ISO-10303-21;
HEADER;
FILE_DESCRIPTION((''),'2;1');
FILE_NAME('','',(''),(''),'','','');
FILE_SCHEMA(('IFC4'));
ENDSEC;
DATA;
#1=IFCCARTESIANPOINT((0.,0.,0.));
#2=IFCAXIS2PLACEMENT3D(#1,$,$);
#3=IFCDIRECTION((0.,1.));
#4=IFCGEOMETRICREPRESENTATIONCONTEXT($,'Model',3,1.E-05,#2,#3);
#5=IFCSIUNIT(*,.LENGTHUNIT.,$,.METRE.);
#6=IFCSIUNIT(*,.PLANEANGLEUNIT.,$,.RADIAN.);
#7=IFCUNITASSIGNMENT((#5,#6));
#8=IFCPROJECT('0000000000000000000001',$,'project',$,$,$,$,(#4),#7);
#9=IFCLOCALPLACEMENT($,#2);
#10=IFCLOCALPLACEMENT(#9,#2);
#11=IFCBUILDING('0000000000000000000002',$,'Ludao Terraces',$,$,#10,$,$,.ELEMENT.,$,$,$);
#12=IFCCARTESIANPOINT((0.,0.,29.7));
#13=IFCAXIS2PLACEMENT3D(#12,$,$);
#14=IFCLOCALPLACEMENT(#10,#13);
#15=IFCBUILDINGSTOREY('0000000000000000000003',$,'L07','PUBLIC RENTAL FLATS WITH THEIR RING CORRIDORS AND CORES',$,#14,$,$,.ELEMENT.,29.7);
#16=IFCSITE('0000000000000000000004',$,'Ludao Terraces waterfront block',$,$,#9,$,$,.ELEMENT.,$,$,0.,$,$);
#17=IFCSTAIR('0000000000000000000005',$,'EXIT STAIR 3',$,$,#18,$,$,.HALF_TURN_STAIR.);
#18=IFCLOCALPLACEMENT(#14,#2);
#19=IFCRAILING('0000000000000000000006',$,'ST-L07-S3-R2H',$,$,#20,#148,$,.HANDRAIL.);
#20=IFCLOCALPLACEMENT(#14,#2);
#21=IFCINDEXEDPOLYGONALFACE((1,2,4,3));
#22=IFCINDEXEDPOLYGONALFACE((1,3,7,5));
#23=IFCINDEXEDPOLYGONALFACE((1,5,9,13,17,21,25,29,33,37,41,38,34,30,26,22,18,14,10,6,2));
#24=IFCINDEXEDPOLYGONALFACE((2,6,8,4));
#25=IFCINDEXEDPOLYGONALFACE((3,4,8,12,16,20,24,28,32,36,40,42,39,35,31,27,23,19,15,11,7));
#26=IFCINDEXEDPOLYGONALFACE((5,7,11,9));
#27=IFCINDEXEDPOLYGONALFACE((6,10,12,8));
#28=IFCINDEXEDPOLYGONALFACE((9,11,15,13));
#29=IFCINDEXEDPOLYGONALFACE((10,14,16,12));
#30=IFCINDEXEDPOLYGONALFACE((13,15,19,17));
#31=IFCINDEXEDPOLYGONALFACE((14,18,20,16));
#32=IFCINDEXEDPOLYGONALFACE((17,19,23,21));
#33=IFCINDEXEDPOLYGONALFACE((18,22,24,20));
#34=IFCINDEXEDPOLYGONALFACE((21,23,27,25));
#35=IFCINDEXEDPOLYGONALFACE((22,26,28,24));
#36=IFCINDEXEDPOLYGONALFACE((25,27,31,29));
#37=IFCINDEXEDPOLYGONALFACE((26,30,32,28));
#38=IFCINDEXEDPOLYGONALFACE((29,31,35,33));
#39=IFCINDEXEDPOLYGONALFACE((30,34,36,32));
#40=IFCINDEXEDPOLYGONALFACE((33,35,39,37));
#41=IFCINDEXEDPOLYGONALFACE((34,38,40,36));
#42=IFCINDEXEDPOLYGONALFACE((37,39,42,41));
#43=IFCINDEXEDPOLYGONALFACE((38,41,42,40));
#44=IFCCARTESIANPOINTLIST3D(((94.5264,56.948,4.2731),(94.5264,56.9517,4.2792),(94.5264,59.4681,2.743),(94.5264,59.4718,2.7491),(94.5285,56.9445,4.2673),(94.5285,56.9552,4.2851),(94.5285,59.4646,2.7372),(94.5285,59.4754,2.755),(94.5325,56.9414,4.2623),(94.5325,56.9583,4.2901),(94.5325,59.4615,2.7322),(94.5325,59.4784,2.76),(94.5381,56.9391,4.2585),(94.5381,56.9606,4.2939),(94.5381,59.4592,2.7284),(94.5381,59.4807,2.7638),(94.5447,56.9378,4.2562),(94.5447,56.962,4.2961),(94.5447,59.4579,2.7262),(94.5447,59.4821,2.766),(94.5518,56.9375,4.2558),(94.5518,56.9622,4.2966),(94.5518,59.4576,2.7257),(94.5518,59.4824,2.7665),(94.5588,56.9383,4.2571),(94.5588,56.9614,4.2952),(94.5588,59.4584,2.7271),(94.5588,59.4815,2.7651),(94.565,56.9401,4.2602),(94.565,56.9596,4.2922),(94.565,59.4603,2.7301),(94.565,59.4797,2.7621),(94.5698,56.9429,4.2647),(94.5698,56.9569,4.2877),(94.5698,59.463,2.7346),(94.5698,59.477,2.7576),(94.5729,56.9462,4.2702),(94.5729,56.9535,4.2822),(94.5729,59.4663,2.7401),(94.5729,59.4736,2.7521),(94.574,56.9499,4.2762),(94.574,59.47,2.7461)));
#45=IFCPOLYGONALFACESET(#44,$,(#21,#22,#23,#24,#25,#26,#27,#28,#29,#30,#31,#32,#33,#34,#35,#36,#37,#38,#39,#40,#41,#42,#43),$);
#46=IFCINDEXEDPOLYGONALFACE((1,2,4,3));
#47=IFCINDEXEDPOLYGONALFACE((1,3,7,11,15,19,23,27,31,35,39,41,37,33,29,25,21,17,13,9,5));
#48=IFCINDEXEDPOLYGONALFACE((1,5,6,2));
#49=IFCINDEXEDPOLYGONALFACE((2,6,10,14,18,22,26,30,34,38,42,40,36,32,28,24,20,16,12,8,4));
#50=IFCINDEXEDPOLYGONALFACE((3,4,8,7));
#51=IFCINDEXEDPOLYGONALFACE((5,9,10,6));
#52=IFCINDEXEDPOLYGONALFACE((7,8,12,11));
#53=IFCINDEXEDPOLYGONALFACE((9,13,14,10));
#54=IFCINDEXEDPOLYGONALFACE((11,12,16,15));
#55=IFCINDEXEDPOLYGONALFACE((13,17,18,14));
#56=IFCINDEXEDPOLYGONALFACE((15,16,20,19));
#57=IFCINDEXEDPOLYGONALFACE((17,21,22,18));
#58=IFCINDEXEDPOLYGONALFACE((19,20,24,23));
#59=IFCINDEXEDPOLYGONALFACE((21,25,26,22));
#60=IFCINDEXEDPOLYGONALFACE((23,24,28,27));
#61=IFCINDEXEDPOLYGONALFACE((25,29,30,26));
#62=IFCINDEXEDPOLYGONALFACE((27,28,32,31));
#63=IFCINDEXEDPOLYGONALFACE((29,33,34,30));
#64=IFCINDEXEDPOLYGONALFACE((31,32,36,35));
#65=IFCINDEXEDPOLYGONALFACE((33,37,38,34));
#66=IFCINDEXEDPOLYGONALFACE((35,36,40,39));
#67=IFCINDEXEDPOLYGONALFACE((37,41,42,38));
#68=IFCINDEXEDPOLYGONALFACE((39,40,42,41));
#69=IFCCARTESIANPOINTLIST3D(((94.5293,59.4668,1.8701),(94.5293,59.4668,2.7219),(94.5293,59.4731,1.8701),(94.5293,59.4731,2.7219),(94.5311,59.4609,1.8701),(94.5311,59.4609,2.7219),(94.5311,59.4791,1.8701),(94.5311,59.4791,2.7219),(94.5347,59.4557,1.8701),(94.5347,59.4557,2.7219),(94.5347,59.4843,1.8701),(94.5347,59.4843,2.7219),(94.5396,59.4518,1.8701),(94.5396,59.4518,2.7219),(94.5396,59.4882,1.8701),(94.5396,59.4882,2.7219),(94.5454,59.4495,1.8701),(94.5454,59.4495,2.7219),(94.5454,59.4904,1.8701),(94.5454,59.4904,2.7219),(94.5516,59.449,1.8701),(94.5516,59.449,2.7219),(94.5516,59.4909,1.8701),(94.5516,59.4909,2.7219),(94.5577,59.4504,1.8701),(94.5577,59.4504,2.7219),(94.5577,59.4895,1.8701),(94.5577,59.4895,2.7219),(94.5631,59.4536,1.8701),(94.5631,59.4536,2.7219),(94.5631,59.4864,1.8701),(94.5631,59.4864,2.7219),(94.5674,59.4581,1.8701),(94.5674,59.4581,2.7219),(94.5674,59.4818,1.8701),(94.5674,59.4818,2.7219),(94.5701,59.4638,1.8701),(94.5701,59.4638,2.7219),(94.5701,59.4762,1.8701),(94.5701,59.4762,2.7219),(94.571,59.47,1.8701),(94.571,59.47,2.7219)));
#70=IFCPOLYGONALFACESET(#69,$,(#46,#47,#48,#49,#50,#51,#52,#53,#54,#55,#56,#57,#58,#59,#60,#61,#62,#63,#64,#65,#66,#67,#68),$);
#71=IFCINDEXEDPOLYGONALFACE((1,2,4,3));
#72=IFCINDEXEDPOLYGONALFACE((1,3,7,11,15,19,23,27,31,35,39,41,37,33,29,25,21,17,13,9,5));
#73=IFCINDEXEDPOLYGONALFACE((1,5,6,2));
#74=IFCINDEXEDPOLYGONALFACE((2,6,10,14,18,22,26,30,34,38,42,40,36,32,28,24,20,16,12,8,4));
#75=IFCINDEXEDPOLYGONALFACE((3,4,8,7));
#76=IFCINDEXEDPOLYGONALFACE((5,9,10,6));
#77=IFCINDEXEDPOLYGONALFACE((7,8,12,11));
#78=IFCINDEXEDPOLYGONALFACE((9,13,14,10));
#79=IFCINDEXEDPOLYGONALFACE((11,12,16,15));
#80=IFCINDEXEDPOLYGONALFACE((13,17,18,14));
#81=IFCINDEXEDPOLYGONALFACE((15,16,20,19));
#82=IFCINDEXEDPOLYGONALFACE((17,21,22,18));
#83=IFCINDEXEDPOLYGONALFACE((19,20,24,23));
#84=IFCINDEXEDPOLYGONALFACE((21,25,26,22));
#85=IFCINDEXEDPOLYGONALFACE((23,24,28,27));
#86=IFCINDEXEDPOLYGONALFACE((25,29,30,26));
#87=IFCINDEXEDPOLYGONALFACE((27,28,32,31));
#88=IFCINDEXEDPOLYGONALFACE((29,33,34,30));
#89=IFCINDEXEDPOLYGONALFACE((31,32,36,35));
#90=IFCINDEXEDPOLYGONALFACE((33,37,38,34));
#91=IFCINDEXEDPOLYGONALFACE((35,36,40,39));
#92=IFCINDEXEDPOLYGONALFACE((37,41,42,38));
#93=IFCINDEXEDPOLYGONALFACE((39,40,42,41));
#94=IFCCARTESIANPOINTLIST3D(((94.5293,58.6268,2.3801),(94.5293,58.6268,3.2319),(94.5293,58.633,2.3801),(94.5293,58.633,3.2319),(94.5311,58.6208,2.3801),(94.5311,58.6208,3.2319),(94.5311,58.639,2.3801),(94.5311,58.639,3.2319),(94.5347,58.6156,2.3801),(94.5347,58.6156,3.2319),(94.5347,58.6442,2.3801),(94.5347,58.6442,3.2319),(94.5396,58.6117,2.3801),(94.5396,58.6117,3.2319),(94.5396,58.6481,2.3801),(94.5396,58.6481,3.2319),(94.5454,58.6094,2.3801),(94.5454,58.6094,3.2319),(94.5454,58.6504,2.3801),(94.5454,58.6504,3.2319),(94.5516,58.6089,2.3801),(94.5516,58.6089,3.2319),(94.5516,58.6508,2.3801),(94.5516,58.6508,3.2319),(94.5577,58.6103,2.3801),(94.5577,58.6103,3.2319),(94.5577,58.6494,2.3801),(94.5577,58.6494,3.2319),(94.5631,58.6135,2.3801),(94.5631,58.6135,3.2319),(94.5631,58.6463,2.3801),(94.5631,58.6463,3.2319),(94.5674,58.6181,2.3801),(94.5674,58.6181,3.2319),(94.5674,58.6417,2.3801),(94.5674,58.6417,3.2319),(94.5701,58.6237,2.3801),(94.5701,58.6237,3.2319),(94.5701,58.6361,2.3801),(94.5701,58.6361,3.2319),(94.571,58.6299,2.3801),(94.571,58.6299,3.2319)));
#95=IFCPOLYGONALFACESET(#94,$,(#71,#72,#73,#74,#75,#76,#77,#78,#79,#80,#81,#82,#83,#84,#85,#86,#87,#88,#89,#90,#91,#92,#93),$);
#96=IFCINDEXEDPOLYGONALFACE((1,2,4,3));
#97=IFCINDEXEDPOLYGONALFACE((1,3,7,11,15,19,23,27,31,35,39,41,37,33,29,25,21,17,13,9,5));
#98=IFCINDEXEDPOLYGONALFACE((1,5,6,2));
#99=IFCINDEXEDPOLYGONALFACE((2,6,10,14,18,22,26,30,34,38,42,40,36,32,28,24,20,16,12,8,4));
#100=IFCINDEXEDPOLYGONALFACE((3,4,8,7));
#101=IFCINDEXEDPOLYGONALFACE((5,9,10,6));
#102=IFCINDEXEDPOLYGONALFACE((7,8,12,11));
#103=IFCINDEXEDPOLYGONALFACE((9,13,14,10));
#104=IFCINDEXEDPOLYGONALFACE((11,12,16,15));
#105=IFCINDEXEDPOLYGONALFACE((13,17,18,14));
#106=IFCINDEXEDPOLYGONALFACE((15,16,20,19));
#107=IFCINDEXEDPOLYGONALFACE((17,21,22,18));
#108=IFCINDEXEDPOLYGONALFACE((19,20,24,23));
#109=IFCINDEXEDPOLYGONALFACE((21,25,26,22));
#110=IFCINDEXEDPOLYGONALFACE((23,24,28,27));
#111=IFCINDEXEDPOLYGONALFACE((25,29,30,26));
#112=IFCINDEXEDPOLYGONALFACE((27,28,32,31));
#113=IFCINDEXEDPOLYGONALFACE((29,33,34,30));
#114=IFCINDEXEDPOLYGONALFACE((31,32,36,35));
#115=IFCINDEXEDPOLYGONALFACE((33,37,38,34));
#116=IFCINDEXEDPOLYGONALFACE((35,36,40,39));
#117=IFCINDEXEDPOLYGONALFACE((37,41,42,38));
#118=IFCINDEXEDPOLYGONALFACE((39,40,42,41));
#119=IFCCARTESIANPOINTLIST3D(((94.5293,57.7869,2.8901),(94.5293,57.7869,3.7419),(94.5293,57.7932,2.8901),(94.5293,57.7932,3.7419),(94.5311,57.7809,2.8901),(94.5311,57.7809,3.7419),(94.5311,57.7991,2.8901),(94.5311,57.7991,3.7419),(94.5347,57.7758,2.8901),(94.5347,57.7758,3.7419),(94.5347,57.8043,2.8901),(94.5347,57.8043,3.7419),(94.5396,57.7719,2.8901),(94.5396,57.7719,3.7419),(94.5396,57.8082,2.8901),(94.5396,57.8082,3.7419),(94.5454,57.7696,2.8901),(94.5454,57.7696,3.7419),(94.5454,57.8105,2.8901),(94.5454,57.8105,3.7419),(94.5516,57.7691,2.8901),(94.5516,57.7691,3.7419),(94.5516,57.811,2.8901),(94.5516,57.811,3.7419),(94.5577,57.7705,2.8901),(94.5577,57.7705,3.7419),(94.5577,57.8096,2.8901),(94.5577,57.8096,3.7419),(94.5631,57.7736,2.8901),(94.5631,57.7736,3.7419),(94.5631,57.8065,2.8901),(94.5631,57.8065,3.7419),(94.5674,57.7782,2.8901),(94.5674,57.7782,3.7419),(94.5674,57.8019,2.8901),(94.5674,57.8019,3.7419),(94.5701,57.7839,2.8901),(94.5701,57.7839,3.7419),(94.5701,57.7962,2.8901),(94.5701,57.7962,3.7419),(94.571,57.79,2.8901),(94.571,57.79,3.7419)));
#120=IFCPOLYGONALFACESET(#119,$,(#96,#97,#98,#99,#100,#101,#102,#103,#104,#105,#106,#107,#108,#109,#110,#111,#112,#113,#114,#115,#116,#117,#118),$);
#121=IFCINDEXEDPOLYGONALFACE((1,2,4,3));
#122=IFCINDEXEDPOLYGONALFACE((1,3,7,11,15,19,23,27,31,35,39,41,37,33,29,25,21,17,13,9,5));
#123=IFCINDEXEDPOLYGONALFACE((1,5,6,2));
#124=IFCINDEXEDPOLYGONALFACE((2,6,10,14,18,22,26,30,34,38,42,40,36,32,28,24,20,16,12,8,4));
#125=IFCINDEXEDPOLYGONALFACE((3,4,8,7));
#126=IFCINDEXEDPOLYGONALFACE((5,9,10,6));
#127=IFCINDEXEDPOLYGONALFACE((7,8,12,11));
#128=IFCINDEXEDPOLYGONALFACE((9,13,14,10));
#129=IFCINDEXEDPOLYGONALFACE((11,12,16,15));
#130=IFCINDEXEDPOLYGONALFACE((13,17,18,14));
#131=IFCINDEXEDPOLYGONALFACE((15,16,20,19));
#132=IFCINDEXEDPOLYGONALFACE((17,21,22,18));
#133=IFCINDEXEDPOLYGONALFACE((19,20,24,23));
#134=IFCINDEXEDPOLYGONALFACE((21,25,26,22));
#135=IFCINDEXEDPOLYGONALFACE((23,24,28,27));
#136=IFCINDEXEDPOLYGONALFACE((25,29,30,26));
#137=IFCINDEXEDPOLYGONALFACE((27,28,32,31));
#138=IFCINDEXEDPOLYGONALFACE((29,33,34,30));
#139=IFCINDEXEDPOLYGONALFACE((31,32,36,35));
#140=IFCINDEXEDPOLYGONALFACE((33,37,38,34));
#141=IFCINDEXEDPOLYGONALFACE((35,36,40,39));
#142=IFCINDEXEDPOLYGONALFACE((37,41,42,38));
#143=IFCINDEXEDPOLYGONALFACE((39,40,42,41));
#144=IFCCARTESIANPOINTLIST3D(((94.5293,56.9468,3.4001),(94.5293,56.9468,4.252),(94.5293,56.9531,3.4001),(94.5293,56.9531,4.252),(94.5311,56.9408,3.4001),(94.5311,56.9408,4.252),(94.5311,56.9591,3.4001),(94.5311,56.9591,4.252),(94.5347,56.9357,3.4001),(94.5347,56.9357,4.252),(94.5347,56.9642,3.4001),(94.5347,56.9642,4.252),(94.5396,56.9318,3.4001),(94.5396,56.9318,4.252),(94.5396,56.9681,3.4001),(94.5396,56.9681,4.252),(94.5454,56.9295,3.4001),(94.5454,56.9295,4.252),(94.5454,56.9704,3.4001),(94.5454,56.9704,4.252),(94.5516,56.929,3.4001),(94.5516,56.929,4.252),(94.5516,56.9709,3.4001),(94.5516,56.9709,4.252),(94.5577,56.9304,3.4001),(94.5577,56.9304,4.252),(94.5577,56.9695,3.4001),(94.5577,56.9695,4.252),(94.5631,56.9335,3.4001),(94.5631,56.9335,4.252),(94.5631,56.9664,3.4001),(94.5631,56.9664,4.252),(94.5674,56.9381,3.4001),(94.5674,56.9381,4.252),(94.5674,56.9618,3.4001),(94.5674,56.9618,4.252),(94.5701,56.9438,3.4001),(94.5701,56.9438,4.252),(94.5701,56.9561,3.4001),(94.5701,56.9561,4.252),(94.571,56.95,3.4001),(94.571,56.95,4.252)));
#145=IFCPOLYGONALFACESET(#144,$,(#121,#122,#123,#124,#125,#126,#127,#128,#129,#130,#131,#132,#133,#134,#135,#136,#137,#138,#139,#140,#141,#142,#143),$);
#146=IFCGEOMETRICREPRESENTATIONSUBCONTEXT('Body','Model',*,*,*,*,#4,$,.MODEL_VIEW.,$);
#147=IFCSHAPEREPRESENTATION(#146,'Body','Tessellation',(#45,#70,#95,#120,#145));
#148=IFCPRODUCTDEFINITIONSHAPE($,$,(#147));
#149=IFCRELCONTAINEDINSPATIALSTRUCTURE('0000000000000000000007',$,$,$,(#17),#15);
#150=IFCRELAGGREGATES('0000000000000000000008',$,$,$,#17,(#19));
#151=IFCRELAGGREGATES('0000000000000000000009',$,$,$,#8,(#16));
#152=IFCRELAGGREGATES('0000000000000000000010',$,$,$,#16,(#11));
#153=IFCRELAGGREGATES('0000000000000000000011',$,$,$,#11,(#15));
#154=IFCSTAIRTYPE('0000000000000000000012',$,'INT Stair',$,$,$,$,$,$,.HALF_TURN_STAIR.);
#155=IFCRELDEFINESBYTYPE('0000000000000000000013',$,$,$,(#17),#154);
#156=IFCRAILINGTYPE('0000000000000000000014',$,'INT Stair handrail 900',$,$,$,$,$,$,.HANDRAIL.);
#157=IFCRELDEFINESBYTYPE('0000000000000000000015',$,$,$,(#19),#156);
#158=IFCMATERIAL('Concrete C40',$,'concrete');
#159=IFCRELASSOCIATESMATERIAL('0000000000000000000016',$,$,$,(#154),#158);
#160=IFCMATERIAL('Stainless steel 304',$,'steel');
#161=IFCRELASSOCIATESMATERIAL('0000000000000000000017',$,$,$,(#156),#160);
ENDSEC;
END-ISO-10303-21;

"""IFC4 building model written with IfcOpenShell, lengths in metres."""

from ifc_helpers import new_model, si_unit, direction, frame, origin, origin_2d, place, context, subcontext, project, spatial, circle, extrude, material, type_object, element, aggregate, save


model = new_model("IFC4")

# Units and contexts
model_context = context("Model", 3, precision=1e-05, world=origin(), true_north=direction((0.0, 1.0)))
body_context = subcontext(model_context, "Body", "Model", "MODEL_VIEW")
ifc_project = project(units=[si_unit("LENGTHUNIT", "METRE"), si_unit("PLANEANGLEUNIT", "RADIAN")], contexts=[model_context])

# Site, building, storey
site_placement = place(None, origin())
site = spatial("IfcSite", under=ifc_project, at=site_placement, Name="Ludao Terraces waterfront block", CompositionType="ELEMENT", RefElevation=0.0)
building_placement = place(site_placement, origin())
building = spatial("IfcBuilding", under=site, at=building_placement, Name="Ludao Terraces", CompositionType="ELEMENT")
storey_placement = place(building_placement, frame((0.0, 0.0, 29.7)))
storey = spatial("IfcBuildingStorey", under=building, at=storey_placement, Name="L07", Description="PUBLIC RENTAL FLATS WITH THEIR RING CORRIDORS AND CORES", CompositionType="ELEMENT", Elevation=29.7)

# Stair, railing
ifc_material_1 = material(Name="Concrete C40", Category="concrete")
stair_type = type_object("IfcStairType", Name="INT Stair", PredefinedType="HALF_TURN_STAIR", material=ifc_material_1)
stair_placement = place(storey_placement, origin())
stair = element("IfcStair", 1, at=stair_placement, inside=storey, type_object=stair_type, Name="EXIT STAIR 3", PredefinedType="HALF_TURN_STAIR")
ifc_material_2 = material(Name="Stainless steel 304", Category="steel")
railing_type_1 = type_object("IfcRailingType", Name="INT Stair handrail 900", PredefinedType="HANDRAIL", material=ifc_material_2)
railing_1_placement = place(storey_placement, frame((94.55, 59.47, 1.8701)))
railing_1 = element("IfcRailing", 2, at=railing_1_placement, type_object=railing_type_1, Name="ST-L07-S3-R2H", PredefinedType="HANDRAIL", context=body_context, shape_type="SweptSolid", body=[
    extrude(circle(Radius=0.0239, at=origin_2d()), frame((0.0, 0.0, 0.876), z_axis=(0.0, -0.854785, 0.518982), x_axis=(1.0, 0.0, 0.0)), (0.0, 0.0, 1.0), 2.9482),
    extrude(circle(Radius=0.021, at=origin_2d()), origin(), (0.0, 0.0, 1.0), 0.8518),
    extrude(circle(Radius=0.021, at=origin_2d()), frame((0.0, -0.8401, 0.51)), (0.0, 0.0, 1.0), 0.8518),
    extrude(circle(Radius=0.021, at=origin_2d()), frame((0.0, -1.6799, 1.02)), (0.0, 0.0, 1.0), 0.8518),
    extrude(circle(Radius=0.021, at=origin_2d()), frame((0.0, -2.52, 1.53)), (0.0, 0.0, 1.0), 0.8518),
])
aggregate(stair, [railing_1])

save(model, "model.ifc")
